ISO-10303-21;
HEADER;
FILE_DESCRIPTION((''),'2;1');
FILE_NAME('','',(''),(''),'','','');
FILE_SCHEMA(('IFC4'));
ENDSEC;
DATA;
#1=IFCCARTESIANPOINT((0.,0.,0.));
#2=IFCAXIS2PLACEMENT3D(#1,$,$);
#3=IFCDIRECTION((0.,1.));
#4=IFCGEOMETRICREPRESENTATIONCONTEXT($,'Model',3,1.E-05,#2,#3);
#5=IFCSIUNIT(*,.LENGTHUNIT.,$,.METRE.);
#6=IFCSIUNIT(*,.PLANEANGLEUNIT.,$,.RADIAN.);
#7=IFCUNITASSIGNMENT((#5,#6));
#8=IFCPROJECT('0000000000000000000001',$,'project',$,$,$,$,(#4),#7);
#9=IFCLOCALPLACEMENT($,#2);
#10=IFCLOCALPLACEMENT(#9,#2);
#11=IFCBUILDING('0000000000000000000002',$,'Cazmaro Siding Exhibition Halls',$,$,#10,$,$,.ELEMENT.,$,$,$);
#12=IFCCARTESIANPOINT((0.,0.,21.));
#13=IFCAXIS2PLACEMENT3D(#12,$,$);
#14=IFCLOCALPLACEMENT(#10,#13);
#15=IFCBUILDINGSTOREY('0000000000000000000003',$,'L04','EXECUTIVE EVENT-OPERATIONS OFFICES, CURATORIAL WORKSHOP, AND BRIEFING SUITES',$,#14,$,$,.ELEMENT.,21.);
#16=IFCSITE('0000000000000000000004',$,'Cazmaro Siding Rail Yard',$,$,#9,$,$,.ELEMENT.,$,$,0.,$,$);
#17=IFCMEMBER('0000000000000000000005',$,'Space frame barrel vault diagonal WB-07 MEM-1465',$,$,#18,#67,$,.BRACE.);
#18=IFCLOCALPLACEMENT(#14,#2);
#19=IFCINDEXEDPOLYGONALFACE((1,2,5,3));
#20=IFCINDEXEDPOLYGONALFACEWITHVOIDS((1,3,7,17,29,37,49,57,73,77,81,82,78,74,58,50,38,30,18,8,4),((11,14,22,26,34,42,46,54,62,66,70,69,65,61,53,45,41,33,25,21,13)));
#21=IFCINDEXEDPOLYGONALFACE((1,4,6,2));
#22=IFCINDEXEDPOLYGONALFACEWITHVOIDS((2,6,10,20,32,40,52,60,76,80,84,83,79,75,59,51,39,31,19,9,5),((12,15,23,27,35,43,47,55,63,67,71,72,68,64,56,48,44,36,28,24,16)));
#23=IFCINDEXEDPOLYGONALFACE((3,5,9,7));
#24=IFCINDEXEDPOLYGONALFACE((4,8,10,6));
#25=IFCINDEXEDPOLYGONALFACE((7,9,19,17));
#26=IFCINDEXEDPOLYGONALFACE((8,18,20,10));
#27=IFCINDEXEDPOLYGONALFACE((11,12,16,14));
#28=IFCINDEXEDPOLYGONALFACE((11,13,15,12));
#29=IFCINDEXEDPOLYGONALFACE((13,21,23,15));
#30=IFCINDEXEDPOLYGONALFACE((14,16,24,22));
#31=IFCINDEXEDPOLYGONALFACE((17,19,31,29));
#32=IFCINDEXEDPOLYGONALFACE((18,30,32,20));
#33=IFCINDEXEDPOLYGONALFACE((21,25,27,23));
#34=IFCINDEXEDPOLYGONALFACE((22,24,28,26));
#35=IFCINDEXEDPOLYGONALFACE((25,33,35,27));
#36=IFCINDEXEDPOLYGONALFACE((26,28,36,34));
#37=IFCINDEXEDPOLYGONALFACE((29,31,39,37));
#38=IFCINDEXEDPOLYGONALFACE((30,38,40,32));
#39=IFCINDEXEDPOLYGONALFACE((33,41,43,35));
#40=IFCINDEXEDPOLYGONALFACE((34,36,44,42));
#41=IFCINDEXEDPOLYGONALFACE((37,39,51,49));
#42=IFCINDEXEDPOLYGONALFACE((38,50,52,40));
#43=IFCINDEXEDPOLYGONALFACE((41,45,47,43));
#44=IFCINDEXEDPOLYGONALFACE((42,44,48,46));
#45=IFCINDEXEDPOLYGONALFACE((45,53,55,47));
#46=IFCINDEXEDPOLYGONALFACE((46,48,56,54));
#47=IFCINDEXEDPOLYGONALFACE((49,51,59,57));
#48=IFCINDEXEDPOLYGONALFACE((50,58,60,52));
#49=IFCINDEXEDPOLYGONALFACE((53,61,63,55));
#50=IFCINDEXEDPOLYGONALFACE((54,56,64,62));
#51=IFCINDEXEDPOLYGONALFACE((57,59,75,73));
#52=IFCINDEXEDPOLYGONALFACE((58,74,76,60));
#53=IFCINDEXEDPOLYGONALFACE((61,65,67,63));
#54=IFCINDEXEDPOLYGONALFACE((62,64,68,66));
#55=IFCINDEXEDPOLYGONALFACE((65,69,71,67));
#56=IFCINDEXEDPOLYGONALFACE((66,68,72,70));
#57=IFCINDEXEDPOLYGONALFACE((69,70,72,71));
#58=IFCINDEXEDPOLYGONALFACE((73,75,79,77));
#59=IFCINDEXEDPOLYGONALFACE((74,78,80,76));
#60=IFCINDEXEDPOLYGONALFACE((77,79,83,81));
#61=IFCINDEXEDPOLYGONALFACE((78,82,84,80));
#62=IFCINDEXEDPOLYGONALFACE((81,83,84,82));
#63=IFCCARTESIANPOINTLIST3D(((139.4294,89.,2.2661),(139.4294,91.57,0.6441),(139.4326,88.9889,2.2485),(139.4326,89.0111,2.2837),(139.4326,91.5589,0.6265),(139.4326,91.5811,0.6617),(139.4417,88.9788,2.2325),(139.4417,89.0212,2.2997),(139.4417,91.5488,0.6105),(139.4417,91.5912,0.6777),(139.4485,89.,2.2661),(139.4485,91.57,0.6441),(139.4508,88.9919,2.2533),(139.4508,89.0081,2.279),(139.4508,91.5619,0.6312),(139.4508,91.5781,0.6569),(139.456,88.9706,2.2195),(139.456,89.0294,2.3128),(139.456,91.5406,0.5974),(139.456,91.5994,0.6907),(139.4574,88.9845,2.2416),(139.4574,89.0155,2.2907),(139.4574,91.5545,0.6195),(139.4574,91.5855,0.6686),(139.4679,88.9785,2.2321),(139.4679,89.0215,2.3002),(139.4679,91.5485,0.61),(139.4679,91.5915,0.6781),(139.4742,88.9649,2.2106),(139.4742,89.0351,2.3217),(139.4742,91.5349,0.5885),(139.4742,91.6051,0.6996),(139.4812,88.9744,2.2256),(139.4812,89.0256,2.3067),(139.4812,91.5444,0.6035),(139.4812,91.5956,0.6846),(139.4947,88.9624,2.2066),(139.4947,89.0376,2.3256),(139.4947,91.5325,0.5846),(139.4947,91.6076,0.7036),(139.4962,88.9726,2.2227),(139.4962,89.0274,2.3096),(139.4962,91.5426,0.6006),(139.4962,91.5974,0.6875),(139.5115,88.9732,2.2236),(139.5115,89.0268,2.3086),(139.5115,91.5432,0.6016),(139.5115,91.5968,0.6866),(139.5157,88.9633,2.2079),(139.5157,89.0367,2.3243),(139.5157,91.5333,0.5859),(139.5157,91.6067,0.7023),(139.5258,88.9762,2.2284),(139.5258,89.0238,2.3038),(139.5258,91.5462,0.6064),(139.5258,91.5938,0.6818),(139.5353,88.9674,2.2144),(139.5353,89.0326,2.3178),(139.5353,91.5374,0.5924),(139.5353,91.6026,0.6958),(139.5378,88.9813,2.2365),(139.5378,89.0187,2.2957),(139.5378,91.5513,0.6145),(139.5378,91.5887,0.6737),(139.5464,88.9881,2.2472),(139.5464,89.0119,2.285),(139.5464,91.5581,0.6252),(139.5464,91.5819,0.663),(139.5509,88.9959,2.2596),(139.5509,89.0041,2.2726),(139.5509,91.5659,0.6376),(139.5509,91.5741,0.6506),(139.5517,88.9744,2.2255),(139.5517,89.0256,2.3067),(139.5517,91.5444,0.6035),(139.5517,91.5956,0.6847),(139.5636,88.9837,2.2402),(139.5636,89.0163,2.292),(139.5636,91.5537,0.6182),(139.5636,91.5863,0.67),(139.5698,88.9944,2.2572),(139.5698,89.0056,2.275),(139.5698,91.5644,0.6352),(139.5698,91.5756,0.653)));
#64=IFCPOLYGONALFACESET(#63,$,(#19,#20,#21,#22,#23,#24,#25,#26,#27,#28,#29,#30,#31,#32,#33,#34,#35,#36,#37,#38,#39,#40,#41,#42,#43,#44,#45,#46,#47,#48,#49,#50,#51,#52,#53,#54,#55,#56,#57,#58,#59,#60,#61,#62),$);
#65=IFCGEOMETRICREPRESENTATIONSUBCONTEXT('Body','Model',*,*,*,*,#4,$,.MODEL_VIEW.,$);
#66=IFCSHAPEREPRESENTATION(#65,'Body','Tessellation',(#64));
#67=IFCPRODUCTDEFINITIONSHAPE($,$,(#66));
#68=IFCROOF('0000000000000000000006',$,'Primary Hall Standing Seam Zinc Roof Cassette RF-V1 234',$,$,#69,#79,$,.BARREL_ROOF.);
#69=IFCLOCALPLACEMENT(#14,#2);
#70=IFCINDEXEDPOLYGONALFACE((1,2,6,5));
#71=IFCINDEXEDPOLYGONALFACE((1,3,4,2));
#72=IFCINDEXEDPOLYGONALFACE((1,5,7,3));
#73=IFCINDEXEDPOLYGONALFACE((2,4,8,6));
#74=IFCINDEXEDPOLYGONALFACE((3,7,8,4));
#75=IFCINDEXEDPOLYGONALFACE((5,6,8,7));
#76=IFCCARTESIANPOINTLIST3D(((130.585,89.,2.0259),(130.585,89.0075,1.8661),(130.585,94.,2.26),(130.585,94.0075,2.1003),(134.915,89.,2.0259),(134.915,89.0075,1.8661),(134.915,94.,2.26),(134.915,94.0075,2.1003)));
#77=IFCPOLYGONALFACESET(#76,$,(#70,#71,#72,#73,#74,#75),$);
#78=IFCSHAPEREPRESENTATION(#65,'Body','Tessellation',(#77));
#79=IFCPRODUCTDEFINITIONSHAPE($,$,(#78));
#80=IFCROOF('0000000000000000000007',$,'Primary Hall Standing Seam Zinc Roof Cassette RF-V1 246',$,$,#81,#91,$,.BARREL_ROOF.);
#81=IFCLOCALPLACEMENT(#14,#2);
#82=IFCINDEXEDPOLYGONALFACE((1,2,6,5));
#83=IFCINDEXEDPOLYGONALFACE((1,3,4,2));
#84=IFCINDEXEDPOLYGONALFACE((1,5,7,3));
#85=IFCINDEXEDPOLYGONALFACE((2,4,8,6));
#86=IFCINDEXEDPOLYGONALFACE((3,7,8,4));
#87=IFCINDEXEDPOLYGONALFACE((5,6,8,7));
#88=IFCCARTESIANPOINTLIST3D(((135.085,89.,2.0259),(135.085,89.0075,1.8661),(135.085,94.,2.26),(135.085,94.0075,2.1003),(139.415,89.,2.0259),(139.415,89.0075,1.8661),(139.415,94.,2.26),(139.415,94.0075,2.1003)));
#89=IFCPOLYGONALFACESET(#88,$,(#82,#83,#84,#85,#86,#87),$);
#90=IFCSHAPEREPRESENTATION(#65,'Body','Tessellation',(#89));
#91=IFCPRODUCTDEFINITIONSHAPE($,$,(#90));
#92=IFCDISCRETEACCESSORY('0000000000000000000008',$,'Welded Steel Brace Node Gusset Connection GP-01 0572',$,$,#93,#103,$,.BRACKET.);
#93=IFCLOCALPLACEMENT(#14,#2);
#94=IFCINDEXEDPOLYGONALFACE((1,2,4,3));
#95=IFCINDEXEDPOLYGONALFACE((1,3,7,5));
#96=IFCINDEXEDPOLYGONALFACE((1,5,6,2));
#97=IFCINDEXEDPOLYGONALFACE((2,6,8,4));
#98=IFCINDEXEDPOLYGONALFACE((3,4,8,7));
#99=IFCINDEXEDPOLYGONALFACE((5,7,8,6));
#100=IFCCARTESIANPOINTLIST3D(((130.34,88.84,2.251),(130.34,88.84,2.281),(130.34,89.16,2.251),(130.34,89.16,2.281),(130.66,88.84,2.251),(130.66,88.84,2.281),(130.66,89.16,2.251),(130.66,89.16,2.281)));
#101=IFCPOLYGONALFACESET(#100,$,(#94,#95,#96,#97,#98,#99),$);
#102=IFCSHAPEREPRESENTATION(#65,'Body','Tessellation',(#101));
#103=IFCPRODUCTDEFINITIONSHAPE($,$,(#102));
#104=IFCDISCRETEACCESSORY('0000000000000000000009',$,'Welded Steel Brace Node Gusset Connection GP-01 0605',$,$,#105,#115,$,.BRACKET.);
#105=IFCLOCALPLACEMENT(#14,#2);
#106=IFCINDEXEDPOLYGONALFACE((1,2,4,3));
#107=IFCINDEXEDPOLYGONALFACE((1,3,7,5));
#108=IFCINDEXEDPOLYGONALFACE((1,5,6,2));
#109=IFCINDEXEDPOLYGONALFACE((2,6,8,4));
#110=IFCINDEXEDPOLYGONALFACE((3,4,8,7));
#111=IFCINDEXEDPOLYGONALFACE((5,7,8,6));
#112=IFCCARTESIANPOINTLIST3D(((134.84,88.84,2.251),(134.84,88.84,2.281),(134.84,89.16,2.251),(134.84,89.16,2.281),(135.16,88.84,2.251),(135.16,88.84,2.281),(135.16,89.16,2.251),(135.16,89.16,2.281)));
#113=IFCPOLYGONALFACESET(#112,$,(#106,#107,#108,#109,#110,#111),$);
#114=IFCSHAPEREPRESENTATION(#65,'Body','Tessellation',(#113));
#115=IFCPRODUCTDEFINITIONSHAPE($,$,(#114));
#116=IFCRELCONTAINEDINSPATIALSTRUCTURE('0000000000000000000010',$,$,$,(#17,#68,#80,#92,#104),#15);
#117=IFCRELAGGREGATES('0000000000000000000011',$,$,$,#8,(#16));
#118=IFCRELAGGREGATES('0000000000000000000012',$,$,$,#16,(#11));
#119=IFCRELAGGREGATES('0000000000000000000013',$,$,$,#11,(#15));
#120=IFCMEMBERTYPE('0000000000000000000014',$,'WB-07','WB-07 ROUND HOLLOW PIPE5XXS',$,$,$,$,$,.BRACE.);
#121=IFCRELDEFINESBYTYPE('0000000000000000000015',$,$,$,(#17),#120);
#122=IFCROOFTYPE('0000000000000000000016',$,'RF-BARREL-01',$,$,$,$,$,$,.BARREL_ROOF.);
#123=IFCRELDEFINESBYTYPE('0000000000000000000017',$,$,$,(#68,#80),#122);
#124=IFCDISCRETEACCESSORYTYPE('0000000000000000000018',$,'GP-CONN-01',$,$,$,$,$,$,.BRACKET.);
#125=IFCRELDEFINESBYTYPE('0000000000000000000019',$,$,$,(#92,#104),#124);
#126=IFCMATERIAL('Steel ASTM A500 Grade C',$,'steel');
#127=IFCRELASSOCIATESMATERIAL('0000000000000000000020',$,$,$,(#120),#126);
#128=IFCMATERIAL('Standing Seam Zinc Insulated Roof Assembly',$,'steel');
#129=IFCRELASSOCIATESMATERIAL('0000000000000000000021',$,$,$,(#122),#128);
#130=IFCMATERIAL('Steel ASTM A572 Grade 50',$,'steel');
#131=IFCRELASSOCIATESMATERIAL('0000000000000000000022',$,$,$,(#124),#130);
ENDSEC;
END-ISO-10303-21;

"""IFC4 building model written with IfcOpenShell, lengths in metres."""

from ifc_helpers import new_model, si_unit, direction, frame, origin, origin_2d, place, context, subcontext, project, spatial, polyline, rectangle, hollow_circle, outline, extrude, material, material_profile, profile_set, type_object, element, save


model = new_model("IFC4")

# Units and contexts
model_context = context("Model", 3, precision=1e-05, world=origin(), true_north=direction((0.0, 1.0)))
body_context = subcontext(model_context, "Body", "Model", "MODEL_VIEW")
ifc_project = project(units=[si_unit("LENGTHUNIT", "METRE"), si_unit("PLANEANGLEUNIT", "RADIAN")], contexts=[model_context])

# Site, building, storey
site_placement = place(None, origin())
site = spatial("IfcSite", under=ifc_project, at=site_placement, Name="Cazmaro Siding Rail Yard", CompositionType="ELEMENT", RefElevation=0.0)
building_placement = place(site_placement, origin())
building = spatial("IfcBuilding", under=site, at=building_placement, Name="Cazmaro Siding Exhibition Halls", CompositionType="ELEMENT")
storey_placement = place(building_placement, frame((0.0, 0.0, 21.0)))
storey = spatial("IfcBuildingStorey", under=building, at=storey_placement, Name="L04", Description="EXECUTIVE EVENT-OPERATIONS OFFICES, CURATORIAL WORKSHOP, AND BRIEFING SUITES", CompositionType="ELEMENT", Elevation=21.0)

# Member
ifc_material_1 = material(Name="Steel ASTM A500 Grade C", Category="steel")
ifc_material_profile_1 = material_profile(ifc_material_1, hollow_circle(Radius=0.0706, WallThickness=0.019, at=origin_2d()), Name="PIPE5XXS")
ifc_profile_set_1 = profile_set([ifc_material_profile_1], Name="Steel ASTM A500 Grade C")
member_type_1 = type_object("IfcMemberType", Name="WB-07", Description="WB-07 ROUND HOLLOW PIPE5XXS", PredefinedType="BRACE", material=ifc_profile_set_1)
for number, where, z_axis, x_axis, name in (
    (1, (139.5, 89.0, 2.2661), (0.0, 0.845657, -0.533727), (-1.0, 0.0, 0.0), "Space frame barrel vault diagonal WB-07 MEM-1465"),
):
    element("IfcMember", number, at=place(storey_placement, frame(where, z_axis=z_axis, x_axis=x_axis)), inside=storey, type_object=member_type_1, Name=name, PredefinedType="BRACE", context=body_context, shape_type="SweptSolid", body=[
        extrude(hollow_circle(Radius=0.0706, WallThickness=0.019, at=origin_2d()), origin(), (0.0, 0.0, 1.0), 3.0391),
    ])

# Roofs
ifc_material_2 = material(Name="Standing Seam Zinc Insulated Roof Assembly", Category="steel")
roof_type = type_object("IfcRoofType", Name="RF-BARREL-01", PredefinedType="BARREL_ROOF", material=ifc_material_2)
for number, where, z_axis, x_axis, name in (
    (2, (130.585, 89.0, 2.0259), (0.0, -0.046775, 0.998905), (1.0, 0.0, 0.0), "Primary Hall Standing Seam Zinc Roof Cassette RF-V1 234"),
    (3, (135.085, 89.0, 2.0259), (0.0, -0.046775, 0.998905), (1.0, 0.0, 0.0), "Primary Hall Standing Seam Zinc Roof Cassette RF-V1 246"),
):
    element("IfcRoof", number, at=place(storey_placement, frame(where, z_axis=z_axis, x_axis=x_axis)), inside=storey, type_object=roof_type, Name=name, PredefinedType="BARREL_ROOF", context=body_context, shape_type="SweptSolid", body=[
        extrude(outline(polyline([(0.0, 0.0), (4.3301, 0.0), (4.3301, 5.0055), (0.0, 5.0055), (0.0, 0.0)])), origin(), (0.0, 0.0, -1.0), 0.1599),
    ])

# Discrete accessories
ifc_material_3 = material(Name="Steel ASTM A572 Grade 50", Category="steel")
discrete_accessory_type = type_object("IfcDiscreteAccessoryType", Name="GP-CONN-01", PredefinedType="BRACKET", material=ifc_material_3)
for number, where, z_axis, x_axis, name in (
    (4, (130.5, 89.0, 2.251), (0.0, 0.0, 1.0), (1.0, 0.0, 0.0), "Welded Steel Brace Node Gusset Connection GP-01 0572"),
    (5, (135.0, 89.0, 2.251), (0.0, 0.0, 1.0), (1.0, 0.0, 0.0), "Welded Steel Brace Node Gusset Connection GP-01 0605"),
):
    element("IfcDiscreteAccessory", number, at=place(storey_placement, frame(where, z_axis=z_axis, x_axis=x_axis)), inside=storey, type_object=discrete_accessory_type, Name=name, PredefinedType="BRACKET", context=body_context, shape_type="SweptSolid", body=[
        extrude(rectangle(XDim=0.3201, YDim=0.3201, at=origin_2d()), origin(), (0.0, 0.0, 1.0), 0.03),
    ])

save(model, "model.ifc")
